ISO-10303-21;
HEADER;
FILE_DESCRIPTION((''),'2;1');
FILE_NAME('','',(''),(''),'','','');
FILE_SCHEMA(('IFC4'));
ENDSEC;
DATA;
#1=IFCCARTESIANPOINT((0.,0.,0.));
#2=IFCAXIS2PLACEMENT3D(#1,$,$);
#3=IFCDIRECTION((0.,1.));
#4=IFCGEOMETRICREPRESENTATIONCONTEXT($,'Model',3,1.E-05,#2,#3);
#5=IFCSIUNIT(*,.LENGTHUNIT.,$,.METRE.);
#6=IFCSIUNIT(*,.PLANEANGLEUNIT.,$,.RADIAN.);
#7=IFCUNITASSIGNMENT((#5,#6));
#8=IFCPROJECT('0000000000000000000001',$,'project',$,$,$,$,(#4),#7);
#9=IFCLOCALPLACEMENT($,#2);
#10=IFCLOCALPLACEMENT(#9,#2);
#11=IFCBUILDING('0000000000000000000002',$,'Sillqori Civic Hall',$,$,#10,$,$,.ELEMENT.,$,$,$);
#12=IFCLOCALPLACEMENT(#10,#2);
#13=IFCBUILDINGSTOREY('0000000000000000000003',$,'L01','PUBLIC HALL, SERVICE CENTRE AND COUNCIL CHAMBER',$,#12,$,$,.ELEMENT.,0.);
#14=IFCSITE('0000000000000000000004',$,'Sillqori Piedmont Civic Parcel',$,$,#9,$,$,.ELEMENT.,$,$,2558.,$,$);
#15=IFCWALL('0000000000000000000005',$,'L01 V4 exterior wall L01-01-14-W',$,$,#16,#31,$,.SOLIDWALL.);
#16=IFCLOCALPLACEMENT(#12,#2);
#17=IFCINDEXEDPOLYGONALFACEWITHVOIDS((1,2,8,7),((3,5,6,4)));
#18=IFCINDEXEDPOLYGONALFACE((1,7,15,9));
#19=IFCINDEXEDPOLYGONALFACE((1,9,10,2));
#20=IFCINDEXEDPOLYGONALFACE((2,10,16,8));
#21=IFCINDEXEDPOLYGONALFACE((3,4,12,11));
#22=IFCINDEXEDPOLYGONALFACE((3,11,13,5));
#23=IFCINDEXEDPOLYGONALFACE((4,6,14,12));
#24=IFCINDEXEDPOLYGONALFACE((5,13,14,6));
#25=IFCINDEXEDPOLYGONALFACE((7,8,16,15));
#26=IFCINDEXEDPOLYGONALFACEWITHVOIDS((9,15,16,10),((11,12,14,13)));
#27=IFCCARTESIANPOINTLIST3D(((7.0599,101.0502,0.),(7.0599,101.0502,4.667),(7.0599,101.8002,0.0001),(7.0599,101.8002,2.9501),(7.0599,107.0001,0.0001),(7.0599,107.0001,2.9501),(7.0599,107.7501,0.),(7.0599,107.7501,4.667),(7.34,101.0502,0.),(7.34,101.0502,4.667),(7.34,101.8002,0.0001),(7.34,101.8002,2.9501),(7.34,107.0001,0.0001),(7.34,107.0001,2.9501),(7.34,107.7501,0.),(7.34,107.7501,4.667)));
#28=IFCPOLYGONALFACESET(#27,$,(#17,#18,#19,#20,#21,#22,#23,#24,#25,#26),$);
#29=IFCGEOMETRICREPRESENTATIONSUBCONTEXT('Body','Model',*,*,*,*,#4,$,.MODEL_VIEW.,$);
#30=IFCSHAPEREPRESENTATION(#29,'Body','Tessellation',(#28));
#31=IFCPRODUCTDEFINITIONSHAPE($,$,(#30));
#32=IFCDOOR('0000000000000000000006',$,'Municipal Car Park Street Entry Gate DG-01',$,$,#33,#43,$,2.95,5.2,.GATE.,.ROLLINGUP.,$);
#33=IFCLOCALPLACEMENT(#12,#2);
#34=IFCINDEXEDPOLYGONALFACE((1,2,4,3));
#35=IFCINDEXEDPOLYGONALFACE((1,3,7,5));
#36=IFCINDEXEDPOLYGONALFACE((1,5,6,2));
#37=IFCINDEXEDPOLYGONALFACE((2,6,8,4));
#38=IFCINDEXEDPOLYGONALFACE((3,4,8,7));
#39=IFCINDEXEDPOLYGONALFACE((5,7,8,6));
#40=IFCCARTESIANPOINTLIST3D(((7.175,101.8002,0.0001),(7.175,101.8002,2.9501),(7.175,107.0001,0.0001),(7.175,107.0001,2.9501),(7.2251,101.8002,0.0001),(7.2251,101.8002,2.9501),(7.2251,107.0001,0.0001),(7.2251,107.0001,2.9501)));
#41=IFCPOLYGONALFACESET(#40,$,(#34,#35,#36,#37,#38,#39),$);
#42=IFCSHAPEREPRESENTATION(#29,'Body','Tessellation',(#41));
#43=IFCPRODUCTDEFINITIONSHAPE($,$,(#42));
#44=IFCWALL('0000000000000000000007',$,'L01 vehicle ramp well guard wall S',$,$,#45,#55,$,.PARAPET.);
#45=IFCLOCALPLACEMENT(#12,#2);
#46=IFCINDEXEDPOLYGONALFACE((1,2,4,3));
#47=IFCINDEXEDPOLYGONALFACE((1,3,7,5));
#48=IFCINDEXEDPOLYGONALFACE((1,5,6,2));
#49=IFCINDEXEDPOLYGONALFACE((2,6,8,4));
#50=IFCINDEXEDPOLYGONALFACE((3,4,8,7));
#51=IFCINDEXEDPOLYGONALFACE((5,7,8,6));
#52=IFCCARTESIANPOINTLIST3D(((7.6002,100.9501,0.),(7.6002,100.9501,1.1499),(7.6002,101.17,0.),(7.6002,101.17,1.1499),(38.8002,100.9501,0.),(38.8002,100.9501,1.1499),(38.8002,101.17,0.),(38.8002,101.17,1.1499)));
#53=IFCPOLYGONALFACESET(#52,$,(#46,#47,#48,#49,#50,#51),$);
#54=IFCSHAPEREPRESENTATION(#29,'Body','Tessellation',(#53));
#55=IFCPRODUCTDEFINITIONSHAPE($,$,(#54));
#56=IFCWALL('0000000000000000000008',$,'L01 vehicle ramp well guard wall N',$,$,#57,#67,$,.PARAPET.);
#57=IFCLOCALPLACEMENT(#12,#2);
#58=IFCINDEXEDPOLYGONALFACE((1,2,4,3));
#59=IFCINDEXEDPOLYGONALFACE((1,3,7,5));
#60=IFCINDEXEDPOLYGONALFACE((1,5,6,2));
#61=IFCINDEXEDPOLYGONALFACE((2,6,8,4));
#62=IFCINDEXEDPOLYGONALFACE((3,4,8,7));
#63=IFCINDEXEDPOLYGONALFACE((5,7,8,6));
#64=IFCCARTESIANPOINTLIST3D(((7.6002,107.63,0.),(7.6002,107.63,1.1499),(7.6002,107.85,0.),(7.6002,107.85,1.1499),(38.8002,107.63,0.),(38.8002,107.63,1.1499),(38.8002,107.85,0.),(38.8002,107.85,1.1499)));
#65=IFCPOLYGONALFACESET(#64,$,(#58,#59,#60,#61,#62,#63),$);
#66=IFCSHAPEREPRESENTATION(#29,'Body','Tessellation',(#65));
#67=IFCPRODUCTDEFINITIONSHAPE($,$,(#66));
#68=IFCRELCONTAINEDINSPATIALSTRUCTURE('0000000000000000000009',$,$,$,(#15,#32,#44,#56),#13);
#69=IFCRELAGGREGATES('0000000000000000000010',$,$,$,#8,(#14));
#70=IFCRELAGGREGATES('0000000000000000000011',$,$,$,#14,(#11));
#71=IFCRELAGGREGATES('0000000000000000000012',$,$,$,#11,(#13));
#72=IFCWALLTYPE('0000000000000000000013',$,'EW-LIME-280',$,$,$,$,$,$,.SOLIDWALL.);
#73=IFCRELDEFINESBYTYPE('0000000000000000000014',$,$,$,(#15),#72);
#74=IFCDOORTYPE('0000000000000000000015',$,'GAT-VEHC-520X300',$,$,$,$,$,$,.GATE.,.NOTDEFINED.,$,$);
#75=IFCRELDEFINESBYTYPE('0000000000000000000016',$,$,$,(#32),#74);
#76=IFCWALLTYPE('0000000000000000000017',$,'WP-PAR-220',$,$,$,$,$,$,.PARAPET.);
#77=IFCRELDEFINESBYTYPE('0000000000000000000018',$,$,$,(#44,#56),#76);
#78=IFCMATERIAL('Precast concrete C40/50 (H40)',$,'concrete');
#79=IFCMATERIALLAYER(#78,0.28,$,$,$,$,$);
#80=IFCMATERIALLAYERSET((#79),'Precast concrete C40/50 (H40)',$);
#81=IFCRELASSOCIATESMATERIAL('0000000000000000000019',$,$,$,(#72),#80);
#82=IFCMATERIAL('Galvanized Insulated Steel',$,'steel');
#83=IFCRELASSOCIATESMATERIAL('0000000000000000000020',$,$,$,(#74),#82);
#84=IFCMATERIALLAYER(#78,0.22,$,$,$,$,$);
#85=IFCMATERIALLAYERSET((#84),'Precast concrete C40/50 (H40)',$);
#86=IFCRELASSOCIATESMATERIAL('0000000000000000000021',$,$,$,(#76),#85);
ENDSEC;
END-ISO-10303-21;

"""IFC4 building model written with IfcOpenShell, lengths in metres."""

from ifc_helpers import new_model, si_unit, direction, frame, frame_2d, origin, place, context, subcontext, project, spatial, rectangle, extrude, material, layer, layer_set, type_object, element, fill, save


model = new_model("IFC4")

# Units and contexts
model_context = context("Model", 3, precision=1e-05, world=origin(), true_north=direction((0.0, 1.0)))
body_context = subcontext(model_context, "Body", "Model", "MODEL_VIEW")
ifc_project = project(units=[si_unit("LENGTHUNIT", "METRE"), si_unit("PLANEANGLEUNIT", "RADIAN")], contexts=[model_context])

# Site, building, storey
site_placement = place(None, origin())
site = spatial("IfcSite", under=ifc_project, at=site_placement, Name="Sillqori Piedmont Civic Parcel", CompositionType="ELEMENT", RefElevation=2558.0)
building_placement = place(site_placement, origin())
building = spatial("IfcBuilding", under=site, at=building_placement, Name="Sillqori Civic Hall", CompositionType="ELEMENT")
storey_placement = place(building_placement, origin())
storey = spatial("IfcBuildingStorey", under=building, at=storey_placement, Name="L01", Description="PUBLIC HALL, SERVICE CENTRE AND COUNCIL CHAMBER", CompositionType="ELEMENT", Elevation=0.0)

# Wall, opening, door
ifc_material_1 = material(Name="Precast concrete C40/50 (H40)", Category="concrete")
ifc_layer_1 = layer(ifc_material_1, 0.28)
ifc_layer_set_1 = layer_set([ifc_layer_1], Name="Precast concrete C40/50 (H40)")
wall_type_1 = type_object("IfcWallType", Name="EW-LIME-280", PredefinedType="SOLIDWALL", material=ifc_layer_set_1)
wall_placement = place(storey_placement, frame((7.2, 101.05, 0.0), z_axis=(0.0, 0.0, 1.0), x_axis=(0.0, 1.0, 0.0)))
wall = element("IfcWall", 1, at=wall_placement, inside=storey, type_object=wall_type_1, Name="L01 V4 exterior wall L01-01-14-W", PredefinedType="SOLIDWALL", context=body_context, shape_type="SweptSolid", body=[
    extrude(rectangle(XDim=6.7, YDim=0.28, at=frame_2d((3.3501, 0.0))), origin(), (0.0, 0.0, 1.0), 4.667),
])
opening_placement = place(wall_placement, frame((0.75, 0.0, 0.0)))
opening = element("IfcOpeningElement", 2, at=opening_placement, cuts=wall, PredefinedType="OPENING", context=body_context, shape_type="SweptSolid", body=[
    extrude(rectangle(XDim=5.2, YDim=2.95, at=frame_2d((2.6001, 1.4751))), frame((0.0, 0.1499, 0.0), z_axis=(0.0, -1.0, 0.0), x_axis=(1.0, 0.0, 0.0)), (0.0, 0.0, 1.0), 0.3),
])
ifc_material_2 = material(Name="Galvanized Insulated Steel", Category="steel")
door_type = type_object("IfcDoorType", Name="GAT-VEHC-520X300", OperationType="NOTDEFINED", PredefinedType="GATE", material=ifc_material_2)
door_placement = place(opening_placement, origin())
door = element("IfcDoor", 3, at=door_placement, inside=storey, type_object=door_type, Name="Municipal Car Park Street Entry Gate DG-01", OperationType="ROLLINGUP", OverallHeight=2.95, OverallWidth=5.2, PredefinedType="GATE", context=body_context, shape_type="SweptSolid", body=[
    extrude(rectangle(XDim=5.2, YDim=2.95, at=frame_2d((2.6001, 1.4751))), frame((0.0, 0.0249, 0.0), z_axis=(0.0, -1.0, 0.0), x_axis=(1.0, 0.0, 0.0)), (0.0, 0.0, 1.0), 0.05),
])
fill(opening, door)

# Walls
ifc_layer_2 = layer(ifc_material_1, 0.22)
ifc_layer_set_2 = layer_set([ifc_layer_2], Name="Precast concrete C40/50 (H40)")
wall_type_2 = type_object("IfcWallType", Name="WP-PAR-220", PredefinedType="PARAPET", material=ifc_layer_set_2)
for number, where, z_axis, x_axis, name in (
    (4, (7.6001, 101.0601, 0.0), (0.0, 0.0, 1.0), (1.0, 0.0, 0.0), "L01 vehicle ramp well guard wall S"),
    (5, (7.6001, 107.74, 0.0), (0.0, 0.0, 1.0), (1.0, 0.0, 0.0), "L01 vehicle ramp well guard wall N"),
):
    element("IfcWall", number, at=place(storey_placement, frame(where, z_axis=z_axis, x_axis=x_axis)), inside=storey, type_object=wall_type_2, Name=name, PredefinedType="PARAPET", context=body_context, shape_type="SweptSolid", body=[
        extrude(rectangle(XDim=31.2, YDim=0.22, at=frame_2d((15.6001, 0.0))), origin(), (0.0, 0.0, 1.0), 1.1499),
    ])

save(model, "model.ifc")
